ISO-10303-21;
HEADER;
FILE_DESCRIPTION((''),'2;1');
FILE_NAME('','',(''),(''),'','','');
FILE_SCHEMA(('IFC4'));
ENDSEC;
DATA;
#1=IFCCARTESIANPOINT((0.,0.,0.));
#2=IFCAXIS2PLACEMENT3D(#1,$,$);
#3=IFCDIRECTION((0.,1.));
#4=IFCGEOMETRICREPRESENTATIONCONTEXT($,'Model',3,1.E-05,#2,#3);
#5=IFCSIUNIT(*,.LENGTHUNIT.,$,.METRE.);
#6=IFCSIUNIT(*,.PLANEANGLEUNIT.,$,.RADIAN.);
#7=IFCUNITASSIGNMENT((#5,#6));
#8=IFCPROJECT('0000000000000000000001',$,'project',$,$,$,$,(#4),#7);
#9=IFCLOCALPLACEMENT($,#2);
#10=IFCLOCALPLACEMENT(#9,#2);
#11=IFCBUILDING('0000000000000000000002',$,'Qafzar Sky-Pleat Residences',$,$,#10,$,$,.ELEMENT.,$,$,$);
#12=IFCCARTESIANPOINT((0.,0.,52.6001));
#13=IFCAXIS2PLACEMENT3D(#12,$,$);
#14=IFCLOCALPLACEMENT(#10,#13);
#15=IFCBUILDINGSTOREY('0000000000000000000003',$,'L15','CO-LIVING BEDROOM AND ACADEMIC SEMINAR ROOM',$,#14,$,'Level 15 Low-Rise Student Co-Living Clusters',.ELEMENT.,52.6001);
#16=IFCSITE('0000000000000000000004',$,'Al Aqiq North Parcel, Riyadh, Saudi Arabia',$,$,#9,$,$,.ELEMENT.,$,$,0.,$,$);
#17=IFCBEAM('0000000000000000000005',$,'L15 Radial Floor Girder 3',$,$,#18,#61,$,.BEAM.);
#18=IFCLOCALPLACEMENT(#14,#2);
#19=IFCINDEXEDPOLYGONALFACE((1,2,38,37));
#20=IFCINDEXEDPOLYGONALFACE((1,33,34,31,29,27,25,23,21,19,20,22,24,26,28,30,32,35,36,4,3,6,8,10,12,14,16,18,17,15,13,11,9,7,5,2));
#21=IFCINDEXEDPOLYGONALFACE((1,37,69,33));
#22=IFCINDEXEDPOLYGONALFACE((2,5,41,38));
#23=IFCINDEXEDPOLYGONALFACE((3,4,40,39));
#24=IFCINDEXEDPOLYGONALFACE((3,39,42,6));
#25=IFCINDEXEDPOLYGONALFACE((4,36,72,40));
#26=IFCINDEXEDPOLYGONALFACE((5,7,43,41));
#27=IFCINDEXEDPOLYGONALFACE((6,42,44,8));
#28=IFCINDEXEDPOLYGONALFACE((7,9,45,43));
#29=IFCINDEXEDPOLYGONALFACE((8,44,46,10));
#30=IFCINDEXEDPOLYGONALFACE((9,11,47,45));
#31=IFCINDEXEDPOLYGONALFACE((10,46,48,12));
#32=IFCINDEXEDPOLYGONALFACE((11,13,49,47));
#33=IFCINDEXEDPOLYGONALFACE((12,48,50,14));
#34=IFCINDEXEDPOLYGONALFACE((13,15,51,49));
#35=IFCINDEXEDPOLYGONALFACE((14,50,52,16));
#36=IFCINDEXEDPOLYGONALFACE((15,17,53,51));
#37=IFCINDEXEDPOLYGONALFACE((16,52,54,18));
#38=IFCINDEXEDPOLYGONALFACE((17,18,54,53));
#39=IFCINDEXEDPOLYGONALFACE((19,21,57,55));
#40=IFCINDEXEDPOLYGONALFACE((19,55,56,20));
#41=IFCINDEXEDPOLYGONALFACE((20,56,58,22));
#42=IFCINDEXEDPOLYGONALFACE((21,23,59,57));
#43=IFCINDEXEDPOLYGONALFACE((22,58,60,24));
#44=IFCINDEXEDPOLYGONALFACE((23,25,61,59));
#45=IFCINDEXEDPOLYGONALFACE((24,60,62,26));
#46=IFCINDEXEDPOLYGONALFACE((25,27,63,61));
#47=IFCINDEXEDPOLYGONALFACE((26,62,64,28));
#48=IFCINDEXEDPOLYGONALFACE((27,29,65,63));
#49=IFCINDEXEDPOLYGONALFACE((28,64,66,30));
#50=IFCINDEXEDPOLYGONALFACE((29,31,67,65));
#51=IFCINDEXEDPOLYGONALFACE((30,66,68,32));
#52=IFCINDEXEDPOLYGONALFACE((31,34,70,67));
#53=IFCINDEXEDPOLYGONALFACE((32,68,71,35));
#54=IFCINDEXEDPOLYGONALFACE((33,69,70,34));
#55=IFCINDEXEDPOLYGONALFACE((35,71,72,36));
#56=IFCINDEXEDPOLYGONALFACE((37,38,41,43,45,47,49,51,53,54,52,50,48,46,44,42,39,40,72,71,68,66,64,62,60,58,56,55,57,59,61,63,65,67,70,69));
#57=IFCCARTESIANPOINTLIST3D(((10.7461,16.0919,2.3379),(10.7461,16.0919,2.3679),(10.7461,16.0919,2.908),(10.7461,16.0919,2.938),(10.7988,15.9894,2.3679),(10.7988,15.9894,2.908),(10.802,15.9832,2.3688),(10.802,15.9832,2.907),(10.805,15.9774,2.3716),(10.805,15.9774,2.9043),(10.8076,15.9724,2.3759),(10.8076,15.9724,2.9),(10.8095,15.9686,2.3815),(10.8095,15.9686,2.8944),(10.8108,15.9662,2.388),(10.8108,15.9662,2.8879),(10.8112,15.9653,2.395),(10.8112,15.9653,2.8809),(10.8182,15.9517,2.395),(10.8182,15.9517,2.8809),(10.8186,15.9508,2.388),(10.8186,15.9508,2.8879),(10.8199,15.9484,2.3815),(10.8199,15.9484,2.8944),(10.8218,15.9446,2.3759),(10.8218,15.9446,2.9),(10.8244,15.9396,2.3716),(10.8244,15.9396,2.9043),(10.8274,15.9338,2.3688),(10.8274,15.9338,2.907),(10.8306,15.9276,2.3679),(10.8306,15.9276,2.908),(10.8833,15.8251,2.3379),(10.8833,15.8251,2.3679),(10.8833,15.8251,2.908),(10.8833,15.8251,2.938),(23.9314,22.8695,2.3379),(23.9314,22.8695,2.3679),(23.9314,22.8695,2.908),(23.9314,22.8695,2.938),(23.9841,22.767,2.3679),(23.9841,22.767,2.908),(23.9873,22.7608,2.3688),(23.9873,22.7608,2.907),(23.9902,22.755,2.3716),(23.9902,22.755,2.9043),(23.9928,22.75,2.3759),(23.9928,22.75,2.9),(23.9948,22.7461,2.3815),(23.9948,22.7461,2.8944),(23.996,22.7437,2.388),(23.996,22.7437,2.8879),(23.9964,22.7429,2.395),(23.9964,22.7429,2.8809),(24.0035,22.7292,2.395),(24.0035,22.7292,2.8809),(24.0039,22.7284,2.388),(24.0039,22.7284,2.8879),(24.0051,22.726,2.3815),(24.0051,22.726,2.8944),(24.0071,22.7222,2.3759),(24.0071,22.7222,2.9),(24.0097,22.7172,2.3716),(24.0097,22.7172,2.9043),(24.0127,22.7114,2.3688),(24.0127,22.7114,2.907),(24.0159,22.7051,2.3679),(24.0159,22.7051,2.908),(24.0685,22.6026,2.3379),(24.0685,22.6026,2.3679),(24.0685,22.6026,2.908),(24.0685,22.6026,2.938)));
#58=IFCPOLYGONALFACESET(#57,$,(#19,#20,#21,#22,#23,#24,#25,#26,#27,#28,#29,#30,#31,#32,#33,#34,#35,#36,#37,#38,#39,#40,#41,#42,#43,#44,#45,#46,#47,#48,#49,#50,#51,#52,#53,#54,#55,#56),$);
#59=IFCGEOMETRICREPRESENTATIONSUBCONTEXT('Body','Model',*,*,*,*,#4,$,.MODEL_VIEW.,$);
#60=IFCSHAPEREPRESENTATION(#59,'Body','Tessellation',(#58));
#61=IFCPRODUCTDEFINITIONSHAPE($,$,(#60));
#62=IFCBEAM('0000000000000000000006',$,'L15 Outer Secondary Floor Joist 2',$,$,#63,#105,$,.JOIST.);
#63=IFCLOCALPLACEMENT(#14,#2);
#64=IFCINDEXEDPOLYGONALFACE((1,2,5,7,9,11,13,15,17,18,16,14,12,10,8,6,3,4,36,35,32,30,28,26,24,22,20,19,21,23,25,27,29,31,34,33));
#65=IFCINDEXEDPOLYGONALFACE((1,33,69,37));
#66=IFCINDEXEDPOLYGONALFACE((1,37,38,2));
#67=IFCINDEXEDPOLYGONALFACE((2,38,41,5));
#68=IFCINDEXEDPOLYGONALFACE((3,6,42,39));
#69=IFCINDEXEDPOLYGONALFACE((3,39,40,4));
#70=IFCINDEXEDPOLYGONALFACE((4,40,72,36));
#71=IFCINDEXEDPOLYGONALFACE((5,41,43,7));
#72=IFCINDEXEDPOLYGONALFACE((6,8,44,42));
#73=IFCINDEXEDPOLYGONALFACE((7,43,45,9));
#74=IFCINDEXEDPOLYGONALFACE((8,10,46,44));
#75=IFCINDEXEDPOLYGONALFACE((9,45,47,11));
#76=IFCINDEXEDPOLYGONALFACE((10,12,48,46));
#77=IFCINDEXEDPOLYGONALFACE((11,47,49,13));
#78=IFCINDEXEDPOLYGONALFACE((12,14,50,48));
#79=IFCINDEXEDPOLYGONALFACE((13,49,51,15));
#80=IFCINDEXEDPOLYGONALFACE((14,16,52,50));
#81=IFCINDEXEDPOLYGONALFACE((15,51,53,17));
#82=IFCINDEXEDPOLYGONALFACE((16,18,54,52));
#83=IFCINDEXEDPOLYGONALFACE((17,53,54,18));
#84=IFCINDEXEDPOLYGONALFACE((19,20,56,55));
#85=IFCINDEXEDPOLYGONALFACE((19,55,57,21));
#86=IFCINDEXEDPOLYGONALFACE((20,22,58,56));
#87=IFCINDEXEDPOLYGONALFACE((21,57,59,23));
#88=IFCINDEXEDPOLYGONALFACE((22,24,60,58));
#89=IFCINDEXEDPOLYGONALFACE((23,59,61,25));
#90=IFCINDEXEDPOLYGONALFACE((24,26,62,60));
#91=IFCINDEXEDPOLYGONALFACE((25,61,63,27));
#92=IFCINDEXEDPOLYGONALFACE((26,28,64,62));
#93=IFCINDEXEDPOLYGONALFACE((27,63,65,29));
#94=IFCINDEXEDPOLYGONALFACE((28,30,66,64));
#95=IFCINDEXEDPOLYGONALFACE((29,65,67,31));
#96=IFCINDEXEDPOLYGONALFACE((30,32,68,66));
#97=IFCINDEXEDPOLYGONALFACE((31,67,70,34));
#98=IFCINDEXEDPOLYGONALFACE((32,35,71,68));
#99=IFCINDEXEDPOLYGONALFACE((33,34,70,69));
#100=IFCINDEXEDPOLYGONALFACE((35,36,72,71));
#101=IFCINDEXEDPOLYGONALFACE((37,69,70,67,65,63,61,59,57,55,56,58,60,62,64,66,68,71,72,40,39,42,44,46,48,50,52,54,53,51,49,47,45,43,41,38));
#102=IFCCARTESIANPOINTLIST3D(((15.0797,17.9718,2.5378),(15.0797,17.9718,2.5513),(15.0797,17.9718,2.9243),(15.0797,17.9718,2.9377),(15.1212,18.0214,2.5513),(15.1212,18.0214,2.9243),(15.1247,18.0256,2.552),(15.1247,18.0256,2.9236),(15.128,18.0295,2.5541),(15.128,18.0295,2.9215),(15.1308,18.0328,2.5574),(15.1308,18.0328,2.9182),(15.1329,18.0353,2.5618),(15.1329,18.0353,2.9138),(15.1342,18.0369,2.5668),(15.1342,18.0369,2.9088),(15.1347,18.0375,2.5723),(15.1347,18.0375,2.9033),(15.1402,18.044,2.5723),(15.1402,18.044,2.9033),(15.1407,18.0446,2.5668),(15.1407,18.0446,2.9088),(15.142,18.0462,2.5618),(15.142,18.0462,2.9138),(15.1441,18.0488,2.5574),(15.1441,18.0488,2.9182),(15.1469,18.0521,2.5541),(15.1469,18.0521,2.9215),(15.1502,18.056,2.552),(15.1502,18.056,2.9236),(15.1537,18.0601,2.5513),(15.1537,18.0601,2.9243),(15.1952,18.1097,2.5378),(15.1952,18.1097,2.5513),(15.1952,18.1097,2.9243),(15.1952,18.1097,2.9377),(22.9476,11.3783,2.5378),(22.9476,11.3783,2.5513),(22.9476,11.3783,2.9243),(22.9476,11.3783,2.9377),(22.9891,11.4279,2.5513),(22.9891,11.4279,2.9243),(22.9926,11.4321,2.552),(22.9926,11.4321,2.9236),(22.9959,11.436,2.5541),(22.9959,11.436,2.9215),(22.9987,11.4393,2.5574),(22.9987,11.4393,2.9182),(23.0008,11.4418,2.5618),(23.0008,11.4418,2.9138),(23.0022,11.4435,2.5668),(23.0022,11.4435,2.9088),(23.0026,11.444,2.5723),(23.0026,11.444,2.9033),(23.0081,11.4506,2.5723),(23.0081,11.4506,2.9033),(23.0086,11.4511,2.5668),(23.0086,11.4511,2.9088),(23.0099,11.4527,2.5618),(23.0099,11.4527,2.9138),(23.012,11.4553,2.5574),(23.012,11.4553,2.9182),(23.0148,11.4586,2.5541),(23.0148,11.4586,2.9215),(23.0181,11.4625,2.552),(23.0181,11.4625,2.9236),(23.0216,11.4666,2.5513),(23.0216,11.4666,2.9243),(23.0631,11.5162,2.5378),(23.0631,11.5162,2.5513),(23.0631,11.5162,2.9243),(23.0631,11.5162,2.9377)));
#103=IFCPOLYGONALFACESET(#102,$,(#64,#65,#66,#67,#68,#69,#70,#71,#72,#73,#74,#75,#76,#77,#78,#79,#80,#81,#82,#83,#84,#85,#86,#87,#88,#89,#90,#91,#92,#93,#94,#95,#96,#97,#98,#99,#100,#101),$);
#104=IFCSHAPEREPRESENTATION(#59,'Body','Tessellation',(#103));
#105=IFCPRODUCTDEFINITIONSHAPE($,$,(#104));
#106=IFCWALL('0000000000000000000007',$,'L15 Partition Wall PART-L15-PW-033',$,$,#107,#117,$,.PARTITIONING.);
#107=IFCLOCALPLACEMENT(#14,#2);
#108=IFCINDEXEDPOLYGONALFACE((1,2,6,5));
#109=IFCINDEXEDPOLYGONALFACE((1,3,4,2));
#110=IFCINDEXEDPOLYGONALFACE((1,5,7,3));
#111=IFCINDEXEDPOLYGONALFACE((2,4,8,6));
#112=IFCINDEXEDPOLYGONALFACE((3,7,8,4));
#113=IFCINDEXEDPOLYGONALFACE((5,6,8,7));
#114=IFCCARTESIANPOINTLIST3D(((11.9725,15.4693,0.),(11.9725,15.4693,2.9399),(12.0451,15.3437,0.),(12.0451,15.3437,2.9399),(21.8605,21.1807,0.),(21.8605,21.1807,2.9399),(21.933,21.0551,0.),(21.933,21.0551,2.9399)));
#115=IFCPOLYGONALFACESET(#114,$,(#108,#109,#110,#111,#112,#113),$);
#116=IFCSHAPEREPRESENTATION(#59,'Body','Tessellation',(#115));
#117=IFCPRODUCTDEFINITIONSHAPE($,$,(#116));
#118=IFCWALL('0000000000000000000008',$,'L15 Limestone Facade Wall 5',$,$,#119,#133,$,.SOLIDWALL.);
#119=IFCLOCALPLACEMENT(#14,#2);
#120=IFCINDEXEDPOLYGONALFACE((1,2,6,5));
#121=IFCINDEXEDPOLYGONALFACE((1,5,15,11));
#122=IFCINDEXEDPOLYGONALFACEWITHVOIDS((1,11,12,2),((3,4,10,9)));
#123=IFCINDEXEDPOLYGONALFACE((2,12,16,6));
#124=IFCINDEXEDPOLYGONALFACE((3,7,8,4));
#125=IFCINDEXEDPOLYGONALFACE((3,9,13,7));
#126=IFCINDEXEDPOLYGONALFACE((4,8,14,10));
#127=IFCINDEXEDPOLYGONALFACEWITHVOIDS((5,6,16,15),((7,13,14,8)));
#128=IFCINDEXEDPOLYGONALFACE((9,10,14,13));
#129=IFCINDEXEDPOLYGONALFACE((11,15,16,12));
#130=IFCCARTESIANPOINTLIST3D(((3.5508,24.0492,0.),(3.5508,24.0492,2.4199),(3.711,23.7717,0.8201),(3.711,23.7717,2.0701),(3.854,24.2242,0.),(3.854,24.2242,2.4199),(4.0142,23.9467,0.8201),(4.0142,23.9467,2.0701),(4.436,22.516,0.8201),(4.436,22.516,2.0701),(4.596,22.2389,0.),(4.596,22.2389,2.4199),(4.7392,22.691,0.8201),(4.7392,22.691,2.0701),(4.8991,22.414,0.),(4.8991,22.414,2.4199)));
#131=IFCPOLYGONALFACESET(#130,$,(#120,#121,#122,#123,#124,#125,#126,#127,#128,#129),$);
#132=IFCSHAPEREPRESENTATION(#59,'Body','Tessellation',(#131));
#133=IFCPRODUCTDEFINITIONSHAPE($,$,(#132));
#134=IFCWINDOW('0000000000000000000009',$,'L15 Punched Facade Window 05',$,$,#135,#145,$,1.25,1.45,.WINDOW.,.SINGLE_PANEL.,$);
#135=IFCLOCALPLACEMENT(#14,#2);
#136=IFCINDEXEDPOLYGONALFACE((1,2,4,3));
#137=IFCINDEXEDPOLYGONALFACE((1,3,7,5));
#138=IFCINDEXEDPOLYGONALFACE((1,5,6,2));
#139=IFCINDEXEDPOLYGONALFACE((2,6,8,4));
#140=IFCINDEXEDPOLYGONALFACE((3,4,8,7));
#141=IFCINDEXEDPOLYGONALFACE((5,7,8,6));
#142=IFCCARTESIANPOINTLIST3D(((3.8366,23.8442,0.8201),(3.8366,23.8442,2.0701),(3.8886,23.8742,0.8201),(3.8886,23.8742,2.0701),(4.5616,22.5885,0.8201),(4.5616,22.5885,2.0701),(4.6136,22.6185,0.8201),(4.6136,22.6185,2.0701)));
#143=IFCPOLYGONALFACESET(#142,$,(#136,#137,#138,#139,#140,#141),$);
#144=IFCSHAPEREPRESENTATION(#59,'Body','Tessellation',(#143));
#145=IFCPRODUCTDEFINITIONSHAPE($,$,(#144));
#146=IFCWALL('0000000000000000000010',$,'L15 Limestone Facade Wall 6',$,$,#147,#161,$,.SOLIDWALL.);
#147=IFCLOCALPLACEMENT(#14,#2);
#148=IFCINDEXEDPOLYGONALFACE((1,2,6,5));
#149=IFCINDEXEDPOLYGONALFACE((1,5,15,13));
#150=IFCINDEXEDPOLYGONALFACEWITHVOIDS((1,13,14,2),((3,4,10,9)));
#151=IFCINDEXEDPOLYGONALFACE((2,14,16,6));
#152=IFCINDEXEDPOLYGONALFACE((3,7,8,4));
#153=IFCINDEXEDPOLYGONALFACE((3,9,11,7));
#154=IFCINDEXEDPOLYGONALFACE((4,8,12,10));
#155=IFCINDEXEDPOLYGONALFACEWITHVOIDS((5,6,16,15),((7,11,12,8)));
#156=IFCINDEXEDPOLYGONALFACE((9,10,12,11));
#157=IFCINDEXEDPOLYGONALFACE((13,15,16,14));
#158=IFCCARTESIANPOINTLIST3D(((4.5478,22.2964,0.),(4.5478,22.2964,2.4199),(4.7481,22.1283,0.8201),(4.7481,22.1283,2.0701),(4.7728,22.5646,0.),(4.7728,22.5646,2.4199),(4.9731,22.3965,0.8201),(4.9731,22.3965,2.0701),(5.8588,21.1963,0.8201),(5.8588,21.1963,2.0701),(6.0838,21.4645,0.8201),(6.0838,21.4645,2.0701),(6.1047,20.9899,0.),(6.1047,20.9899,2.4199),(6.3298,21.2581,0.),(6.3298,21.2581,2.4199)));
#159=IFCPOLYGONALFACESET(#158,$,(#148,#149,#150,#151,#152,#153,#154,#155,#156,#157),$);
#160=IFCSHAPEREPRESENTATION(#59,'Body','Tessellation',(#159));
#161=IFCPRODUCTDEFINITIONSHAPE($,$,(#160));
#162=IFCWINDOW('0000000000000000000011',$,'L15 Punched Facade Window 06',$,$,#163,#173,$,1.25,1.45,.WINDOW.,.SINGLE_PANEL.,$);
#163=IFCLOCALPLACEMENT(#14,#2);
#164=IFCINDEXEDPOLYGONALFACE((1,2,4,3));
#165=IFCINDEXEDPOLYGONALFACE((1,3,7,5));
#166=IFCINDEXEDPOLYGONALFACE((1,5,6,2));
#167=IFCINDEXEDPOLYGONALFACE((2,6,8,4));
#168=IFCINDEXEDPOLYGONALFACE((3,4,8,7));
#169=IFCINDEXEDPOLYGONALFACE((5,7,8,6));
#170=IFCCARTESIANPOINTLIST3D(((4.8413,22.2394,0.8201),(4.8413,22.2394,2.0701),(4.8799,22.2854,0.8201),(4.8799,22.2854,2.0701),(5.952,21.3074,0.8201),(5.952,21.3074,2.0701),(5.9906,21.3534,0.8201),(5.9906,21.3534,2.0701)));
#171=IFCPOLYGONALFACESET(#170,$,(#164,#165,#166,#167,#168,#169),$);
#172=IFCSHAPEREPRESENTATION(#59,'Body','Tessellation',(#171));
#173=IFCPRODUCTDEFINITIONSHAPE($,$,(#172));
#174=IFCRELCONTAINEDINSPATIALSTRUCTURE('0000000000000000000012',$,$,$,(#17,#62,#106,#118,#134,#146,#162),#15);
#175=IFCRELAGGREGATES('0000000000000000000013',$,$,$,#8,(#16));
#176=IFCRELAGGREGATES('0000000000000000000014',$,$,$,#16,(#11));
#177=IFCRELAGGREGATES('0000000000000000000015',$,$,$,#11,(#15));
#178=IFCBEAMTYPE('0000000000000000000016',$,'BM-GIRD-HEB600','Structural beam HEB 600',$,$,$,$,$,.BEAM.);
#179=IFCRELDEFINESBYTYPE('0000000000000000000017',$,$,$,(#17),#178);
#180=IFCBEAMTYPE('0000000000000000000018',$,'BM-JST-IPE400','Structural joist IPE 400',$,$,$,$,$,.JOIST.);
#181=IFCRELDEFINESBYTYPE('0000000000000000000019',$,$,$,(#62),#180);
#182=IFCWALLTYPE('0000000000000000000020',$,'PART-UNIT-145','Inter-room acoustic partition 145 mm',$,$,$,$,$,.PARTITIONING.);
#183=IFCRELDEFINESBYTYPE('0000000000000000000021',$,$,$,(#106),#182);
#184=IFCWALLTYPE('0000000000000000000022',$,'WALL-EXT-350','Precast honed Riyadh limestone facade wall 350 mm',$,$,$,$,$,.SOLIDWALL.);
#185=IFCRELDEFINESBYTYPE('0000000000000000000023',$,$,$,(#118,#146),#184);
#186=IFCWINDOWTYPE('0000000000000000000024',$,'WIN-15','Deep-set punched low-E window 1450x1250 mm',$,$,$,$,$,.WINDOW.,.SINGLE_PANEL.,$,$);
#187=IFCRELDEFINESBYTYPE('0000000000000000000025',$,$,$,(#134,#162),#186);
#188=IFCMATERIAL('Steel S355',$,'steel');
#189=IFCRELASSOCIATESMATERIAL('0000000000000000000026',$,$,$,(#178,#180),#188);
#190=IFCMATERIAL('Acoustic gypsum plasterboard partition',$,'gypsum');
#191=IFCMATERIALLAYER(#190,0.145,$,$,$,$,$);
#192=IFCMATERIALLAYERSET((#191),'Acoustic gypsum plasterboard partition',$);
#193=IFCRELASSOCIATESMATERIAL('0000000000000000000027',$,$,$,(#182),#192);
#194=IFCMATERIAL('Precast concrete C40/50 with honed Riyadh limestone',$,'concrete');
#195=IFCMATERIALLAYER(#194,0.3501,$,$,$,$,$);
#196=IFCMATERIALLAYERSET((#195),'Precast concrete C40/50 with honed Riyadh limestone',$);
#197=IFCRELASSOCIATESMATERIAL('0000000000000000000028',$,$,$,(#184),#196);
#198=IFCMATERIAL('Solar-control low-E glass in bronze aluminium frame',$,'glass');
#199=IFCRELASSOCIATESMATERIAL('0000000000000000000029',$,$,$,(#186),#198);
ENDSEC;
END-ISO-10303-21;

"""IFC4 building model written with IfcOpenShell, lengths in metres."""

from ifc_helpers import new_model, si_unit, direction, frame, frame_2d, origin, origin_2d, place, context, subcontext, project, spatial, rectangle, i_section, extrude, source, transform, mapped, material, layer, layer_set, material_profile, profile_set, type_object, element, fill, save


model = new_model("IFC4")

# Units and contexts
model_context = context("Model", 3, precision=1e-05, world=origin(), true_north=direction((0.0, 1.0)))
body_context = subcontext(model_context, "Body", "Model", "MODEL_VIEW")
ifc_project = project(units=[si_unit("LENGTHUNIT", "METRE"), si_unit("PLANEANGLEUNIT", "RADIAN")], contexts=[model_context])

# Site, building, storey
site_placement = place(None, origin())
site = spatial("IfcSite", under=ifc_project, at=site_placement, Name="Al Aqiq North Parcel, Riyadh, Saudi Arabia", CompositionType="ELEMENT", RefElevation=0.0)
building_placement = place(site_placement, origin())
building = spatial("IfcBuilding", under=site, at=building_placement, Name="Qafzar Sky-Pleat Residences", CompositionType="ELEMENT")
storey_placement = place(building_placement, frame((0.0, 0.0, 52.6001)))
storey = spatial("IfcBuildingStorey", under=building, at=storey_placement, Name="L15", Description="CO-LIVING BEDROOM AND ACADEMIC SEMINAR ROOM", LongName="Level 15 Low-Rise Student Co-Living Clusters", CompositionType="ELEMENT", Elevation=52.6001)

# Beams
ifc_material_1 = material(Name="Steel S355", Category="steel")
ifc_material_profile_1 = material_profile(ifc_material_1, i_section(OverallWidth=0.3, OverallDepth=0.6001, WebThickness=0.0154, FlangeThickness=0.03, FilletRadius=0.0271, at=origin_2d()), Name="HEB 600")
ifc_profile_set_1 = profile_set([ifc_material_profile_1], Name="Steel S355")
beam_type_1 = type_object("IfcBeamType", Name="BM-GIRD-HEB600", Description="Structural beam HEB 600", PredefinedType="BEAM", material=ifc_profile_set_1)
shared_shape_1 = source(origin(), body_context, "Body", "SweptSolid", [
    extrude(i_section(OverallWidth=0.3, OverallDepth=0.6001, WebThickness=0.0154, FlangeThickness=0.03, FilletRadius=0.0271, at=origin_2d()), origin(), (0.0, 0.0, 1.0), 14.8252),
])
beam_1_placement = place(storey_placement, frame((10.8147, 15.9585, 2.6379), z_axis=(0.889382, 0.457165, 0.0), x_axis=(-0.457165, 0.889382, 0.0)))
element("IfcBeam", 1, at=beam_1_placement, inside=storey, type_object=beam_type_1, Name="L15 Radial Floor Girder 3", PredefinedType="BEAM", context=body_context, shape_type="MappedRepresentation", body=[
    mapped(shared_shape_1, transform((0.0, 0.0, 0.0), x_axis=(1.0, 0.0, 0.0), y_axis=(0.0, 1.0, 0.0), z_axis=(0.0, 0.0, 1.0), scale=1.0)),
])
ifc_material_profile_2 = material_profile(ifc_material_1, i_section(OverallWidth=0.1799, OverallDepth=0.3999, WebThickness=0.0085, FlangeThickness=0.0134, FilletRadius=0.021, at=origin_2d()), Name="IPE 400")
ifc_profile_set_2 = profile_set([ifc_material_profile_2], Name="Steel S355")
beam_type_2 = type_object("IfcBeamType", Name="BM-JST-IPE400", Description="Structural joist IPE 400", PredefinedType="JOIST", material=ifc_profile_set_2)
shared_shape_2 = source(origin(), body_context, "Body", "SweptSolid", [
    extrude(i_section(OverallWidth=0.1799, OverallDepth=0.3999, WebThickness=0.0085, FlangeThickness=0.0134, FilletRadius=0.021, at=origin_2d()), origin(), (0.0, 0.0, 1.0), 10.2654),
])
beam_2_placement = place(storey_placement, frame((15.1375, 18.0408, 2.7378), z_axis=(0.76645, -0.642304, 0.0), x_axis=(0.642304, 0.76645, 0.0)))
element("IfcBeam", 2, at=beam_2_placement, inside=storey, type_object=beam_type_2, Name="L15 Outer Secondary Floor Joist 2", PredefinedType="JOIST", context=body_context, shape_type="MappedRepresentation", body=[
    mapped(shared_shape_2, transform((0.0, 0.0, 0.0), x_axis=(1.0, 0.0, 0.0), y_axis=(0.0, 1.0, 0.0), z_axis=(0.0, 0.0, 1.0), scale=1.0)),
])

# Wall
ifc_material_2 = material(Name="Acoustic gypsum plasterboard partition", Category="gypsum")
ifc_layer_1 = layer(ifc_material_2, 0.145)
ifc_layer_set_1 = layer_set([ifc_layer_1], Name="Acoustic gypsum plasterboard partition")
wall_type_1 = type_object("IfcWallType", Name="PART-UNIT-145", Description="Inter-room acoustic partition 145 mm", PredefinedType="PARTITIONING", material=ifc_layer_set_1)
wall_1_placement = place(storey_placement, frame((12.0088, 15.4065, 0.0), z_axis=(0.0, 0.0, 1.0), x_axis=(0.865926, 0.500172, 0.0)))
element("IfcWall", 3, at=wall_1_placement, inside=storey, type_object=wall_type_1, Name="L15 Partition Wall PART-L15-PW-033", PredefinedType="PARTITIONING", context=body_context, shape_type="SweptSolid", body=[
    extrude(rectangle(XDim=11.4189, YDim=0.145, at=frame_2d((5.7095, 0.0))), origin(), (0.0, 0.0, 1.0), 2.9399),
])

# Walls, openings, windows
ifc_material_3 = material(Name="Precast concrete C40/50 with honed Riyadh limestone", Category="concrete")
ifc_layer_2 = layer(ifc_material_3, 0.3501)
ifc_layer_set_2 = layer_set([ifc_layer_2], Name="Precast concrete C40/50 with honed Riyadh limestone")
wall_type_2 = type_object("IfcWallType", Name="WALL-EXT-350", Description="Precast honed Riyadh limestone facade wall 350 mm", PredefinedType="SOLIDWALL", material=ifc_layer_set_2)
wall_2_placement = place(storey_placement, frame((3.7024, 24.1367, 0.0), z_axis=(0.0, 0.0, 1.0), x_axis=(0.499995, -0.866028, 0.0)))
wall_2 = element("IfcWall", 4, at=wall_2_placement, inside=storey, type_object=wall_type_2, Name="L15 Limestone Facade Wall 5", PredefinedType="SOLIDWALL", context=body_context, shape_type="SweptSolid", body=[
    extrude(rectangle(XDim=2.0903, YDim=0.3501, at=frame_2d((1.0452, 0.0))), origin(), (0.0, 0.0, 1.0), 2.4199),
])
opening_1_placement = place(wall_2_placement, frame((0.3203, 0.0, 0.8201)))
opening_1 = element("IfcOpeningElement", 5, at=opening_1_placement, cuts=wall_2, PredefinedType="OPENING", context=body_context, shape_type="SweptSolid", body=[
    extrude(rectangle(XDim=1.45, YDim=1.25, at=frame_2d((0.7251, 0.625))), frame((0.0, 0.1851, 0.0), z_axis=(0.0, -1.0, 0.0), x_axis=(1.0, 0.0, 0.0)), (0.0, 0.0, 1.0), 0.3701),
])
ifc_material_4 = material(Name="Solar-control low-E glass in bronze aluminium frame", Category="glass")
window_type = type_object("IfcWindowType", Name="WIN-15", Description="Deep-set punched low-E window 1450x1250 mm", PartitioningType="SINGLE_PANEL", PredefinedType="WINDOW", material=ifc_material_4)
shared_shape_3 = source(origin(), body_context, "Body", "SweptSolid", [
    extrude(rectangle(XDim=1.45, YDim=1.25, at=frame_2d((0.7251, 0.625))), frame((0.0, 0.03, 0.0), z_axis=(0.0, -1.0, 0.0), x_axis=(1.0, 0.0, 0.0)), (0.0, 0.0, 1.0), 0.0601),
])
window_1_placement = place(opening_1_placement, origin())
window_1 = element("IfcWindow", 6, at=window_1_placement, inside=storey, type_object=window_type, Name="L15 Punched Facade Window 05", OverallHeight=1.25, OverallWidth=1.45, PartitioningType="SINGLE_PANEL", PredefinedType="WINDOW", context=body_context, shape_type="MappedRepresentation", body=[
    mapped(shared_shape_3, transform((0.0, 0.0, 0.0), x_axis=(1.0, 0.0, 0.0), y_axis=(0.0, 1.0, 0.0), z_axis=(0.0, 0.0, 1.0), scale=1.0)),
])
fill(opening_1, window_1)
wall_3_placement = place(storey_placement, frame((4.6604, 22.4304, 0.0), z_axis=(0.0, 0.0, 1.0), x_axis=(0.766041, -0.642792, 0.0)))
wall_3 = element("IfcWall", 7, at=wall_3_placement, inside=storey, type_object=wall_type_2, Name="L15 Limestone Facade Wall 6", PredefinedType="SOLIDWALL", context=body_context, shape_type="SweptSolid", body=[
    extrude(rectangle(XDim=2.0325, YDim=0.3501, at=frame_2d((1.0161, 0.0))), origin(), (0.0, 0.0, 1.0), 2.4199),
])
opening_2_placement = place(wall_3_placement, frame((0.2612, 0.0, 0.8201)))
opening_2 = element("IfcOpeningElement", 8, at=opening_2_placement, cuts=wall_3, PredefinedType="OPENING", context=body_context, shape_type="SweptSolid", body=[
    extrude(rectangle(XDim=1.45, YDim=1.25, at=frame_2d((0.7251, 0.625))), frame((0.0, 0.1851, 0.0), z_axis=(0.0, -1.0, 0.0), x_axis=(1.0, 0.0, 0.0)), (0.0, 0.0, 1.0), 0.3701),
])
window_2_placement = place(opening_2_placement, origin())
window_2 = element("IfcWindow", 9, at=window_2_placement, inside=storey, type_object=window_type, Name="L15 Punched Facade Window 06", OverallHeight=1.25, OverallWidth=1.45, PartitioningType="SINGLE_PANEL", PredefinedType="WINDOW", context=body_context, shape_type="MappedRepresentation", body=[
    mapped(shared_shape_3, transform((0.0, 0.0, 0.0), x_axis=(1.0, 0.0, 0.0), y_axis=(0.0, 1.0, 0.0), z_axis=(0.0, 0.0, 1.0), scale=1.0)),
])
fill(opening_2, window_2)

save(model, "model.ifc")
